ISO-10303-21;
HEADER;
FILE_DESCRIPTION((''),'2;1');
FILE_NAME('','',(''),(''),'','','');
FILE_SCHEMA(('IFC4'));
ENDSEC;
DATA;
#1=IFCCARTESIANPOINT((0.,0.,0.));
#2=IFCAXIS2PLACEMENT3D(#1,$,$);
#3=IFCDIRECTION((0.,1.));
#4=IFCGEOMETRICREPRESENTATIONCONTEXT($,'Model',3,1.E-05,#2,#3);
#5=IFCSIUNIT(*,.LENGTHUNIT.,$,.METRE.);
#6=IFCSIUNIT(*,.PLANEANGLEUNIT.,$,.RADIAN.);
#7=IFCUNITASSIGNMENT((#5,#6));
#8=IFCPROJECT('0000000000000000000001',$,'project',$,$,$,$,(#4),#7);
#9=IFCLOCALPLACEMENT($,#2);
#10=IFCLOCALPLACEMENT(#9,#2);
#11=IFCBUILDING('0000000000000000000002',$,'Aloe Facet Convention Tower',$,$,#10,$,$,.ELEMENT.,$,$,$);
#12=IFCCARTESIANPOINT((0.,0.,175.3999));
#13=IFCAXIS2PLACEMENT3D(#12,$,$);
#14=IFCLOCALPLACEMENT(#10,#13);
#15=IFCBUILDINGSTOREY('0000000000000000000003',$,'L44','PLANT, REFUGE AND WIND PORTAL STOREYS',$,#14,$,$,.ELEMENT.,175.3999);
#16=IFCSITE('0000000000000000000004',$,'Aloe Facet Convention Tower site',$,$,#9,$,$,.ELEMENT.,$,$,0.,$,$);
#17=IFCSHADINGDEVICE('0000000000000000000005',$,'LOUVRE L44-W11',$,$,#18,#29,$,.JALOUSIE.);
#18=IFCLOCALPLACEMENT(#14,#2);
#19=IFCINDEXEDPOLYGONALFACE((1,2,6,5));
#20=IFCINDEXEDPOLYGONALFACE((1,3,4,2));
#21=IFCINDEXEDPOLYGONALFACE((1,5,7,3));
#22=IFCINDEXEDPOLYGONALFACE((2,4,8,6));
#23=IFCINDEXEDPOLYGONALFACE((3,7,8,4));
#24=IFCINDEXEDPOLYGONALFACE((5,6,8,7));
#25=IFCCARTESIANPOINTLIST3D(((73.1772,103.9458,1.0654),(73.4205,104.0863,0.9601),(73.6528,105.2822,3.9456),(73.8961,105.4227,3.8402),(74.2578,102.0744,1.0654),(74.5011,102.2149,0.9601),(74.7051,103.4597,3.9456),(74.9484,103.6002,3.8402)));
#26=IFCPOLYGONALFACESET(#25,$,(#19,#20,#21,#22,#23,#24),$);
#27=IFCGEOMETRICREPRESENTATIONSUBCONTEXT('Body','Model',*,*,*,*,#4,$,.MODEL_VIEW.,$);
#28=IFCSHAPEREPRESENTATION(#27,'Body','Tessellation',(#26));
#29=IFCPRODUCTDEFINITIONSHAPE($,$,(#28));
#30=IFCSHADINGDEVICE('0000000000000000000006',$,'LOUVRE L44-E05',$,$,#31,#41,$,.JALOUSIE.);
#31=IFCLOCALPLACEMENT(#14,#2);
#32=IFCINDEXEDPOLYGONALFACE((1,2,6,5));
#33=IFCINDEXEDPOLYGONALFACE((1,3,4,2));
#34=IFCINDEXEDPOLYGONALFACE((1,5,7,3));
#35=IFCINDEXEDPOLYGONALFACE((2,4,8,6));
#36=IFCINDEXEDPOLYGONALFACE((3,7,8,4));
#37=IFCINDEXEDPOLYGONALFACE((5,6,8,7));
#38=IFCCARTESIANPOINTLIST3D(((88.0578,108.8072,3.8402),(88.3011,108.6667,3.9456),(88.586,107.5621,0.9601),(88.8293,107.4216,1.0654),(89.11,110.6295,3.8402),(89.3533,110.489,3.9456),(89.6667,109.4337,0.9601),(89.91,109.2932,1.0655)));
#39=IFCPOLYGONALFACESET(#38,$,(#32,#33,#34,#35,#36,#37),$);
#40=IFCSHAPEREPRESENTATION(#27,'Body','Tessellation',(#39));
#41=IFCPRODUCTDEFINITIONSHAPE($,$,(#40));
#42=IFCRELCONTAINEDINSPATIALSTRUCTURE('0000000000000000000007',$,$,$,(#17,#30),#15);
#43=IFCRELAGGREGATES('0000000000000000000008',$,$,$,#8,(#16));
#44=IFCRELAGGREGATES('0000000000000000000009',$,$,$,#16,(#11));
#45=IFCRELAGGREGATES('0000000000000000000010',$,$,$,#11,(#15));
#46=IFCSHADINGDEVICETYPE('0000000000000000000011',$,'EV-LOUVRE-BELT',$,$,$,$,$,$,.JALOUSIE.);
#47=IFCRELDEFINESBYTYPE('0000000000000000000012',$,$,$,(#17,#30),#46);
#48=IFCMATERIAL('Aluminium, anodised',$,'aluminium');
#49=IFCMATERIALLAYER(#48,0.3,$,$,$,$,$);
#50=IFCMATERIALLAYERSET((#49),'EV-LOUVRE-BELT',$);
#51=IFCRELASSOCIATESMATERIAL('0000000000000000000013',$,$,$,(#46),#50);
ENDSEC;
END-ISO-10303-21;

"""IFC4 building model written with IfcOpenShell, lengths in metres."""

from ifc_helpers import new_model, si_unit, direction, frame, origin, place, context, subcontext, project, spatial, polyline, outline, extrude, material, layer, layer_set, type_object, element, save


model = new_model("IFC4")

# Units and contexts
model_context = context("Model", 3, precision=1e-05, world=origin(), true_north=direction((0.0, 1.0)))
body_context = subcontext(model_context, "Body", "Model", "MODEL_VIEW")
ifc_project = project(units=[si_unit("LENGTHUNIT", "METRE"), si_unit("PLANEANGLEUNIT", "RADIAN")], contexts=[model_context])

# Site, building, storey
site_placement = place(None, origin())
site = spatial("IfcSite", under=ifc_project, at=site_placement, Name="Aloe Facet Convention Tower site", CompositionType="ELEMENT", RefElevation=0.0)
building_placement = place(site_placement, origin())
building = spatial("IfcBuilding", under=site, at=building_placement, Name="Aloe Facet Convention Tower", CompositionType="ELEMENT")
storey_placement = place(building_placement, frame((0.0, 0.0, 175.3999)))
storey = spatial("IfcBuildingStorey", under=building, at=storey_placement, Name="L44", Description="PLANT, REFUGE AND WIND PORTAL STOREYS", CompositionType="ELEMENT", Elevation=175.3999)

# Shading devices
ifc_material_1 = material(Name="Aluminium, anodised", Category="aluminium")
ifc_layer_1 = layer(ifc_material_1, 0.3)
ifc_layer_set_1 = layer_set([ifc_layer_1], Name="EV-LOUVRE-BELT")
shading_device_type = type_object("IfcShadingDeviceType", Name="EV-LOUVRE-BELT", PredefinedType="JALOUSIE", material=ifc_layer_set_1)
shading_device_1_placement = place(storey_placement, frame((73.1772, 103.9458, 1.0654), z_axis=(-0.810868, -0.468192, 0.351127), x_axis=(0.500032, -0.866007, 0.000008)))
element("IfcShadingDevice", 1, at=shading_device_1_placement, inside=storey, type_object=shading_device_type, Name="LOUVRE L44-W11", PredefinedType="JALOUSIE", context=body_context, shape_type="SweptSolid", body=[
    extrude(outline(polyline([(0.0, 0.0), (2.1609, 0.0), (1.1849, 3.076), (-0.9195, 3.076), (0.0, 0.0)])), origin(), (0.0, 0.0, -1.0), 0.3),
])
shading_device_2_placement = place(storey_placement, frame((88.8293, 107.4216, 1.0654), z_axis=(0.810868, -0.468192, 0.351126), x_axis=(0.500026, 0.86601, 0.00001)))
element("IfcShadingDevice", 2, at=shading_device_2_placement, inside=storey, type_object=shading_device_type, Name="LOUVRE L44-E05", PredefinedType="JALOUSIE", context=body_context, shape_type="SweptSolid", body=[
    extrude(outline(polyline([(0.0, 0.0), (2.1611, 0.0), (2.9184, 3.0759), (0.8141, 3.076), (0.0, 0.0)])), origin(), (0.0, 0.0, -1.0), 0.3),
])

save(model, "model.ifc")
